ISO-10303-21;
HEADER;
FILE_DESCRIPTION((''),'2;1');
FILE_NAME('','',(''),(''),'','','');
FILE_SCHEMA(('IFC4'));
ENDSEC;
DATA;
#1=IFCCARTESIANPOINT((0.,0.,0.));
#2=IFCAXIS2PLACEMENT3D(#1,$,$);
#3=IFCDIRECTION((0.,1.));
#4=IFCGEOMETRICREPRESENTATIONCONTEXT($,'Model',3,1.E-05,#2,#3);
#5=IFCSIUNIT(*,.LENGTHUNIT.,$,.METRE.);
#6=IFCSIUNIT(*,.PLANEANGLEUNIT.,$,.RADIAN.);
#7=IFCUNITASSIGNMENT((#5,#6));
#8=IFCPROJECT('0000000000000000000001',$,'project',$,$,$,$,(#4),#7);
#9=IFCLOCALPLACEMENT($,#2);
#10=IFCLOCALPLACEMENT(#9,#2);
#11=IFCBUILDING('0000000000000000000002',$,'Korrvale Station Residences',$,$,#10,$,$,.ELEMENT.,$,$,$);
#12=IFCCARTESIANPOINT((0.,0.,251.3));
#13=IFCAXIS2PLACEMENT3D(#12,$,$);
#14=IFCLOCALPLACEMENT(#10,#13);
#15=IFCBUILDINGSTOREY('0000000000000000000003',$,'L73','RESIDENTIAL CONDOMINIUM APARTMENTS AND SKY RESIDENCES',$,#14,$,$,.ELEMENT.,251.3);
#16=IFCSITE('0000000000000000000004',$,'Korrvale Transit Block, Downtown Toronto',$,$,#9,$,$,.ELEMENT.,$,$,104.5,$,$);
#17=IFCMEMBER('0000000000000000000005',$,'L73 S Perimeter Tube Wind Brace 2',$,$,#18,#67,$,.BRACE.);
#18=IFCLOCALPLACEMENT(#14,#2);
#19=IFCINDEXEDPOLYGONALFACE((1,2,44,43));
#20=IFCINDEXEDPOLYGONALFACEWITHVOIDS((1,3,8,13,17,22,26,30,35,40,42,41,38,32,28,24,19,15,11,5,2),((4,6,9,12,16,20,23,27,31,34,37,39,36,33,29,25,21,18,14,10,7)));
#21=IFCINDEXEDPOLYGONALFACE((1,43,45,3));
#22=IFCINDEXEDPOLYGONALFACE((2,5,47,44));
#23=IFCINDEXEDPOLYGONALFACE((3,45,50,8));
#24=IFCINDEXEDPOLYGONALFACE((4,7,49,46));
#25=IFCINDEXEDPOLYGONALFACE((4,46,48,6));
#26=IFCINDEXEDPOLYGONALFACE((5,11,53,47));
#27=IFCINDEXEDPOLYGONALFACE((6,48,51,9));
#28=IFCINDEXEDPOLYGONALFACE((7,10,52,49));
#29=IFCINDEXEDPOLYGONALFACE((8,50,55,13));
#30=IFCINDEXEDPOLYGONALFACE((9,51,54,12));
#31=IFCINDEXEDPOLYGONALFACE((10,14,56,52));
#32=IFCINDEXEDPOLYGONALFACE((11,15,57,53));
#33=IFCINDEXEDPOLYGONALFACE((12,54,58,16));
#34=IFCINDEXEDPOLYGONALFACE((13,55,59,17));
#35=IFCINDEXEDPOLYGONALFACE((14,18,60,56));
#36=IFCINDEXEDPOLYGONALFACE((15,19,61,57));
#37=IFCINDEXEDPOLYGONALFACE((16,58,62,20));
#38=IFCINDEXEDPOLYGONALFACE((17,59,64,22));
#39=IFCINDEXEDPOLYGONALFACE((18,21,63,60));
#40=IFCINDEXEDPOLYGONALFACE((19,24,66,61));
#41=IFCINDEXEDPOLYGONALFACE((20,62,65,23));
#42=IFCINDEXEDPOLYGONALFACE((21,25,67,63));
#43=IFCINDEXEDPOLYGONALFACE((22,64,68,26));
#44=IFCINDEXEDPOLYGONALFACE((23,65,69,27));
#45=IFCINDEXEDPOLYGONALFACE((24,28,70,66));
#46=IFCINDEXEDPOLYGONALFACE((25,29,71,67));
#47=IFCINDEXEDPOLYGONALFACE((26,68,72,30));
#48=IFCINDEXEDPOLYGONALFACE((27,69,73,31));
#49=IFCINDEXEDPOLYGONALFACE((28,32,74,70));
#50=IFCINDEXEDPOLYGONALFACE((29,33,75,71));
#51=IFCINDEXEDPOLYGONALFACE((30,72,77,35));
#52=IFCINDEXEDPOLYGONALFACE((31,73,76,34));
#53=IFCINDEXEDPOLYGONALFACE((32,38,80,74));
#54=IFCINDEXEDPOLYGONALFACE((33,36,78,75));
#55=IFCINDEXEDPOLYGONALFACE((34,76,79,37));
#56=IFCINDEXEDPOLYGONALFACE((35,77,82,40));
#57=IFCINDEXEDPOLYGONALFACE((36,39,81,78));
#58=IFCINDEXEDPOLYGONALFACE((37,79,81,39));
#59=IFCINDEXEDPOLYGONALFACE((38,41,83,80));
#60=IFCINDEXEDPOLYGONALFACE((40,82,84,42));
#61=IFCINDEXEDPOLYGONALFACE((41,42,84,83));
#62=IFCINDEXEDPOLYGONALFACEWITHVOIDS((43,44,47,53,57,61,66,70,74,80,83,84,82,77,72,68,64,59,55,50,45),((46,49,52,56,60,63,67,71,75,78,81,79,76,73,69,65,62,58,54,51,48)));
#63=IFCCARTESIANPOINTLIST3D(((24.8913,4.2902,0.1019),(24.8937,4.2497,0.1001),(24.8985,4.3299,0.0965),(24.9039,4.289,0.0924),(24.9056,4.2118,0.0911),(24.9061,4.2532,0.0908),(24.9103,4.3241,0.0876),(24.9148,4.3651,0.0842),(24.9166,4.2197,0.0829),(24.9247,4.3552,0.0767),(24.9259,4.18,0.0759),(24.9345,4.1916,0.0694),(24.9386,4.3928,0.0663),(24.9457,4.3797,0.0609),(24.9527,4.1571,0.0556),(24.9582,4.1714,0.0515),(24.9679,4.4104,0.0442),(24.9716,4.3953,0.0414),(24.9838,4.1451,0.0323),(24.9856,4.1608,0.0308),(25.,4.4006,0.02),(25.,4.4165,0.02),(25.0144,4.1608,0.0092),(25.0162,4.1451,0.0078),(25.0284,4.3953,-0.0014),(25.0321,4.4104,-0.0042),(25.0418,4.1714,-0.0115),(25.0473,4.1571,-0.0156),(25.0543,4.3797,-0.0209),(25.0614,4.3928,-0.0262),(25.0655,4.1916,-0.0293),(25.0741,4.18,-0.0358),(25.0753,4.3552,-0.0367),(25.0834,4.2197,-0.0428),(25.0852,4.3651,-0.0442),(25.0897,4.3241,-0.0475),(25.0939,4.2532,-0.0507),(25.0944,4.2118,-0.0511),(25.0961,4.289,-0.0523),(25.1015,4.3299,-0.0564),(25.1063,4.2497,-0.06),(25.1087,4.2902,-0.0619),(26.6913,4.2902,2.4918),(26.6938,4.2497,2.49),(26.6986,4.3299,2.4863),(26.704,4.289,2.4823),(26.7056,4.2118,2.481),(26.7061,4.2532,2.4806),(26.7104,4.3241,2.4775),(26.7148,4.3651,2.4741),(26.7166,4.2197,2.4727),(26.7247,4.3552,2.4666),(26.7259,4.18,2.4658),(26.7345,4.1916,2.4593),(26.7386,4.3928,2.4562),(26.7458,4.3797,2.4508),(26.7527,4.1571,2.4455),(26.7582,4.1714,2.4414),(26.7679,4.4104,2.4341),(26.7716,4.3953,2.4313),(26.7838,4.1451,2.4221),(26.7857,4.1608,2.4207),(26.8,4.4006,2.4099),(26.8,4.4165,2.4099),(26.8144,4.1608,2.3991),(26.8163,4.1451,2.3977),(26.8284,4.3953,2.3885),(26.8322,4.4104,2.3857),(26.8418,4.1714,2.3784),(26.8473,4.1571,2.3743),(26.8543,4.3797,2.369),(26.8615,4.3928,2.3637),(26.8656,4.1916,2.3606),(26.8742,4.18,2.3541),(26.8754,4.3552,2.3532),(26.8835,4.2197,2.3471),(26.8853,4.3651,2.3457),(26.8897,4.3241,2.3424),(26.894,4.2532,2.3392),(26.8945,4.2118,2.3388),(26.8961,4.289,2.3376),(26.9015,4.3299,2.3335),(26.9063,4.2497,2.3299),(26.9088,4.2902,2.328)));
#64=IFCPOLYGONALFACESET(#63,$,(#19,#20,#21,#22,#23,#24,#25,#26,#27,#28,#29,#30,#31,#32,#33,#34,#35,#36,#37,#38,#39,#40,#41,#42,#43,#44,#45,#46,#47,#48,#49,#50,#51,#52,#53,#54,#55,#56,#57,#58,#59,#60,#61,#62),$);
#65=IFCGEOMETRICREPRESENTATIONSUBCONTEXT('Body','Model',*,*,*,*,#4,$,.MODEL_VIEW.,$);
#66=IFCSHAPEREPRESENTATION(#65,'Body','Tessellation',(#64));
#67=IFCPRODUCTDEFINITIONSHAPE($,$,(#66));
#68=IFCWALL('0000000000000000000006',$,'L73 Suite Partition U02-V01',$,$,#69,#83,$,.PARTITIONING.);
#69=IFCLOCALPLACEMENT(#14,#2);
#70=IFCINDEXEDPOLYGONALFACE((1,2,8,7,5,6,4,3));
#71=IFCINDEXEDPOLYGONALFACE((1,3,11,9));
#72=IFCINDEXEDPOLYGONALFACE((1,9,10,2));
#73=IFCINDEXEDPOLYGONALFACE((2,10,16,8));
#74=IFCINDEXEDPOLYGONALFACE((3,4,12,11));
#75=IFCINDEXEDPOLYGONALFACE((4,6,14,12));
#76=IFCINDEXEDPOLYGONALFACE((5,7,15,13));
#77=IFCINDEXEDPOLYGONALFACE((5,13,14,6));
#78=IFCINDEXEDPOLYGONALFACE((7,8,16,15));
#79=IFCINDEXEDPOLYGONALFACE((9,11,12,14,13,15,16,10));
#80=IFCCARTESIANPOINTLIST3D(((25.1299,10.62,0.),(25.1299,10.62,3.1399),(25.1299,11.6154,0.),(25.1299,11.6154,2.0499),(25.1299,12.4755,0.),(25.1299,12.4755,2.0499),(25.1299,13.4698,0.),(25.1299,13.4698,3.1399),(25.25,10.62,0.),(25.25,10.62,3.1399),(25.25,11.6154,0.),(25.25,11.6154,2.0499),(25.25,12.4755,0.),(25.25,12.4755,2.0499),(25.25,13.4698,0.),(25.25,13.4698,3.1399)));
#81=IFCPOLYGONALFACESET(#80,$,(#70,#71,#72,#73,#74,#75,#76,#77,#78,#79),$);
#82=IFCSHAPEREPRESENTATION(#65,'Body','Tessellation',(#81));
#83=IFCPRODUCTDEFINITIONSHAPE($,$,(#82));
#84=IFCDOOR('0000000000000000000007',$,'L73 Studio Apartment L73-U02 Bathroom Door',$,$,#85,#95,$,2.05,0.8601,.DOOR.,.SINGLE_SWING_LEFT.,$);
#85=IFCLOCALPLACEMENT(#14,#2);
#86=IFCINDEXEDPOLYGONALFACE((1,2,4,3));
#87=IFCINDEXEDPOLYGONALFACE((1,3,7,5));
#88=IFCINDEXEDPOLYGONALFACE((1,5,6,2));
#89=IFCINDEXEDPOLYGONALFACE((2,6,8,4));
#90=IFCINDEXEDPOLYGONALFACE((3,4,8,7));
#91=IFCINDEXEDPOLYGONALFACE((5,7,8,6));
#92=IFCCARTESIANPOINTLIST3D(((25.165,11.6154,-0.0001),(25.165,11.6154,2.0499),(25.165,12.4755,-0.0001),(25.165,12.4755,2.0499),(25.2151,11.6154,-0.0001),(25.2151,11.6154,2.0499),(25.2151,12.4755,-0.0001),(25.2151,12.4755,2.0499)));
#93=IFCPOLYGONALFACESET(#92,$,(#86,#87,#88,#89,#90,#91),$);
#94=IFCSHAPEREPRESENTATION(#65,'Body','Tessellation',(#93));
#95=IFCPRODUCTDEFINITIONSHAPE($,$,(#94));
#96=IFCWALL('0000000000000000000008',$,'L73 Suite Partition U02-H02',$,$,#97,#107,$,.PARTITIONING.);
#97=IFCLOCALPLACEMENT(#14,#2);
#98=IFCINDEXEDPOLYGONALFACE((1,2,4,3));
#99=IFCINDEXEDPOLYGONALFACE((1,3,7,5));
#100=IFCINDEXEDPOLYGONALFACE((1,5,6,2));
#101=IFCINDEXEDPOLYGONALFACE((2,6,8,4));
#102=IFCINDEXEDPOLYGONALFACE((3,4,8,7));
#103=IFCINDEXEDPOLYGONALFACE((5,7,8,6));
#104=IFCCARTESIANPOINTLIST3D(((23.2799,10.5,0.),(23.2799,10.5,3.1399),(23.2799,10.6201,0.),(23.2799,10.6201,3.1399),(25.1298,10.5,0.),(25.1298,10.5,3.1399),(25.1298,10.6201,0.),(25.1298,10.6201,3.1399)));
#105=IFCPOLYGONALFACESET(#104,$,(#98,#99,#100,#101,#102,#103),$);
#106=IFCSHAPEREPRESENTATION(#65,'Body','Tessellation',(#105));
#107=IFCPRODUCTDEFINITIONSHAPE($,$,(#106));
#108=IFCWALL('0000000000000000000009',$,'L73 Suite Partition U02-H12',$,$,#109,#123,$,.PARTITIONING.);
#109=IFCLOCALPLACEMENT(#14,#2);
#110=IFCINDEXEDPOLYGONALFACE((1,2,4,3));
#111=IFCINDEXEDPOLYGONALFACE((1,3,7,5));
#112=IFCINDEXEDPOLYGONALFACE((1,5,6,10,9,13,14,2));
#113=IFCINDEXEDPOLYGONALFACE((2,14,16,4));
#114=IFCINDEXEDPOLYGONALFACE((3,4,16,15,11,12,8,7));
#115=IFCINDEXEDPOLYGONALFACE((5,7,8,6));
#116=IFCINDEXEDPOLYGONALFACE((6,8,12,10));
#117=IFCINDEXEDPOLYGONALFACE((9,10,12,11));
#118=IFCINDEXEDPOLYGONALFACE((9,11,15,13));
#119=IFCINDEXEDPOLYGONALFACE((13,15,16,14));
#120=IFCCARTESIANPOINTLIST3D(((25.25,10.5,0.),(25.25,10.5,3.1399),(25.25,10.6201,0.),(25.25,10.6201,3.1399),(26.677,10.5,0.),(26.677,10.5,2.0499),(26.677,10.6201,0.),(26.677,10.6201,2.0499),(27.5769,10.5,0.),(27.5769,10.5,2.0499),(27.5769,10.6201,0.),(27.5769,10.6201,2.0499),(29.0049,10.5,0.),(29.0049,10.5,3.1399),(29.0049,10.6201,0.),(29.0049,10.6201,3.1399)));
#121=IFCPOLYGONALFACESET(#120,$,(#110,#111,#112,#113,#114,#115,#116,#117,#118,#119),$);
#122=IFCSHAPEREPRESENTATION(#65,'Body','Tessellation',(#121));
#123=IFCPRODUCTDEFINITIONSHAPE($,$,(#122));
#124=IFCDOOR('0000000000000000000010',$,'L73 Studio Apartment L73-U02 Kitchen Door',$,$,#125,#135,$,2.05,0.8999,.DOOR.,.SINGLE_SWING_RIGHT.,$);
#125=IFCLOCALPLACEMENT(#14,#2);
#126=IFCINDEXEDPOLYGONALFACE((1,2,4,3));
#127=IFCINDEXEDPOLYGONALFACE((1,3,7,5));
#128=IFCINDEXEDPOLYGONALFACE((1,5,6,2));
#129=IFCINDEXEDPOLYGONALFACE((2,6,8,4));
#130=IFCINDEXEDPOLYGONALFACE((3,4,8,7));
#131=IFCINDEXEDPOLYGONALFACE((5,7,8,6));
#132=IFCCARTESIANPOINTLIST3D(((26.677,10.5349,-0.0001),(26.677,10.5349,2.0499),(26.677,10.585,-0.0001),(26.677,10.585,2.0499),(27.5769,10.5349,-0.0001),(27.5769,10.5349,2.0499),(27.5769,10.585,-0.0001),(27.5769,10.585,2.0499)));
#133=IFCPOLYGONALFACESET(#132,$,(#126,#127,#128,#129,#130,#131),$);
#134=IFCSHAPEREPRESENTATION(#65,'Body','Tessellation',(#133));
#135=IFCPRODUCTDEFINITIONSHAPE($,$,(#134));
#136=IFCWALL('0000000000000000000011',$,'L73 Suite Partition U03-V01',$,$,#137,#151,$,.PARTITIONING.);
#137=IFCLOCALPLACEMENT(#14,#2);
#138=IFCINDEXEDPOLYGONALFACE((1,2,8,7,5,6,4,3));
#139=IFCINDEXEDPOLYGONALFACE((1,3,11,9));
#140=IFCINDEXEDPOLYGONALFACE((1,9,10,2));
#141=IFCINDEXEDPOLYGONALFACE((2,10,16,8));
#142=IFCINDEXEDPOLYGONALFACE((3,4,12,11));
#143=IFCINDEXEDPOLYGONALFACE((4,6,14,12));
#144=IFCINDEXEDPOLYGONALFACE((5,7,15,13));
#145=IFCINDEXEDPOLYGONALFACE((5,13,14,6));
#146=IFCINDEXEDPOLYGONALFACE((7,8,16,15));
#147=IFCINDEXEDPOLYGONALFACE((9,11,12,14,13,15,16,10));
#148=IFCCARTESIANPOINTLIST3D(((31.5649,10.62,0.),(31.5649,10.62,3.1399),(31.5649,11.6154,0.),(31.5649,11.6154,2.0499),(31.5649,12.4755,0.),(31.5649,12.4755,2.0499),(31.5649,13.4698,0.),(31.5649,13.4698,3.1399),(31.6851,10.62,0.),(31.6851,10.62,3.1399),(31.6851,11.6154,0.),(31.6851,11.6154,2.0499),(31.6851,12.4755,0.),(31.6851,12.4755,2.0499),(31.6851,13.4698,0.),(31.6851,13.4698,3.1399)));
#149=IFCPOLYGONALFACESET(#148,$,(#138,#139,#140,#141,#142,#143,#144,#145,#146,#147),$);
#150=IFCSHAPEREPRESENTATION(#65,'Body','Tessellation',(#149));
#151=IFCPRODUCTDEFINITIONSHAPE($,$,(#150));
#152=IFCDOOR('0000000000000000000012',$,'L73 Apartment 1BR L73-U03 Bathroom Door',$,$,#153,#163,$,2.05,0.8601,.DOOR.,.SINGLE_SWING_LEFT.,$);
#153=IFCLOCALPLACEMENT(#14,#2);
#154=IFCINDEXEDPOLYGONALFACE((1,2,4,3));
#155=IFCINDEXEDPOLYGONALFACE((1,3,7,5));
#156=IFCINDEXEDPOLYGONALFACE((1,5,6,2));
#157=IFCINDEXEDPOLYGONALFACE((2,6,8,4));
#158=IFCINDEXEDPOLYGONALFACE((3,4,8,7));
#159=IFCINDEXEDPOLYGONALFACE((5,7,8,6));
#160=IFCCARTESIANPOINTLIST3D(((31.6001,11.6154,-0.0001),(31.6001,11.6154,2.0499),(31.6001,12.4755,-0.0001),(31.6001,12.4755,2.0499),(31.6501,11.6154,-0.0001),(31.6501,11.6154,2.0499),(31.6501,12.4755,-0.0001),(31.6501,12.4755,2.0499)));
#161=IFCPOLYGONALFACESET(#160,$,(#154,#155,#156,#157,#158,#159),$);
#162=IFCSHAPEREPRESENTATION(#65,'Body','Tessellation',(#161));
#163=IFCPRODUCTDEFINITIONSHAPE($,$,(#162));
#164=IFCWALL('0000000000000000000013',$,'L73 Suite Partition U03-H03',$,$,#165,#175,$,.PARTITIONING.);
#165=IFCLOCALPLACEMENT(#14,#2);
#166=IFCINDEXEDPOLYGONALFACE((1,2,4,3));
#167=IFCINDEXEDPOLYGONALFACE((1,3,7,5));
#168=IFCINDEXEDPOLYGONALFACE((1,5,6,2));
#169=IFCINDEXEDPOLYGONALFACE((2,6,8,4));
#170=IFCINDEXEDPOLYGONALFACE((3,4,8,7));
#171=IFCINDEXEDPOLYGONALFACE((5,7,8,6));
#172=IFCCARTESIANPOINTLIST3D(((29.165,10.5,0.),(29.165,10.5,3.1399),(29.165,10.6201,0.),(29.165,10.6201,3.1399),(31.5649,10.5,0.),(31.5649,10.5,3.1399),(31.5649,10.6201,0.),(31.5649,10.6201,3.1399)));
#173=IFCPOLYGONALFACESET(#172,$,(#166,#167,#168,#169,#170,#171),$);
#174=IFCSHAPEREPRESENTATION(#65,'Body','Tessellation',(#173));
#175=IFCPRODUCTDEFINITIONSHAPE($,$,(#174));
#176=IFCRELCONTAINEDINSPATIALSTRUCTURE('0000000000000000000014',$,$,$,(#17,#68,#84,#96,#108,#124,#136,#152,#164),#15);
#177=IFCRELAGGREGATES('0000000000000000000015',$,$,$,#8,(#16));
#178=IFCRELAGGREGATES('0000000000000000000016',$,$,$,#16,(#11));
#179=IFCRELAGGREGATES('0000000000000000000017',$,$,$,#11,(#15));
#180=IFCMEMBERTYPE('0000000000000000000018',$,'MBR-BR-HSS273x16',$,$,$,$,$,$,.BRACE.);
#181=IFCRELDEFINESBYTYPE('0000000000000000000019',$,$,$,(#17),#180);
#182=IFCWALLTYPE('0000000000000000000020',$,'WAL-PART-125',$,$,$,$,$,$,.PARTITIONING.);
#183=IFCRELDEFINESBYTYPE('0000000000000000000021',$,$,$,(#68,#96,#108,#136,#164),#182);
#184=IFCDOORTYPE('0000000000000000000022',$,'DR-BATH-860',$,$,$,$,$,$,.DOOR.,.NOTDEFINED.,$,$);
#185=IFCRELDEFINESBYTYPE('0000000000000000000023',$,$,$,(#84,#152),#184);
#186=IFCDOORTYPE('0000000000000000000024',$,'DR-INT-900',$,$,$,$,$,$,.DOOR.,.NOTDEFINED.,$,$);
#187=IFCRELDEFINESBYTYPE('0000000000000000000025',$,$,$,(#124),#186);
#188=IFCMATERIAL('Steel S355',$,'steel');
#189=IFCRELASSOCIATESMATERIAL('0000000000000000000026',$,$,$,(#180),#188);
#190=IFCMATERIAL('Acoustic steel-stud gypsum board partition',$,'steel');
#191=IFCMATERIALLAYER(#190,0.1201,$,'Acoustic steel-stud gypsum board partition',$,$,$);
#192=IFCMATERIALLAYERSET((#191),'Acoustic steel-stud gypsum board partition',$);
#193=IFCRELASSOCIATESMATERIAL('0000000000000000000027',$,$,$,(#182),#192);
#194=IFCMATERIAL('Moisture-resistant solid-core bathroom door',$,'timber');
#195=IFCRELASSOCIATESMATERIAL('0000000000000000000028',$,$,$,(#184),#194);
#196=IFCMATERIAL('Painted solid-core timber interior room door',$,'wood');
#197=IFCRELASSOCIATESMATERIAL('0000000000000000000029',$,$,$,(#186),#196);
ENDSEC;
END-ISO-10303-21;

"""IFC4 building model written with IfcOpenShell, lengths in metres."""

from ifc_helpers import new_model, si_unit, direction, frame, frame_2d, origin, origin_2d, place, context, subcontext, project, spatial, rectangle, hollow_circle, extrude, material, layer, layer_set, material_profile, profile_set, type_object, element, fill, save


model = new_model("IFC4")

# Units and contexts
model_context = context("Model", 3, precision=1e-05, world=origin(), true_north=direction((0.0, 1.0)))
body_context = subcontext(model_context, "Body", "Model", "MODEL_VIEW")
ifc_project = project(units=[si_unit("LENGTHUNIT", "METRE"), si_unit("PLANEANGLEUNIT", "RADIAN")], contexts=[model_context])

# Site, building, storey
site_placement = place(None, origin())
site = spatial("IfcSite", under=ifc_project, at=site_placement, Name="Korrvale Transit Block, Downtown Toronto", CompositionType="ELEMENT", RefElevation=104.5)
building_placement = place(site_placement, origin())
building = spatial("IfcBuilding", under=site, at=building_placement, Name="Korrvale Station Residences", CompositionType="ELEMENT")
storey_placement = place(building_placement, frame((0.0, 0.0, 251.3)))
storey = spatial("IfcBuildingStorey", under=building, at=storey_placement, Name="L73", Description="RESIDENTIAL CONDOMINIUM APARTMENTS AND SKY RESIDENCES", CompositionType="ELEMENT", Elevation=251.3)

# Shared definitions
ifc_material_1 = material(Name="Steel S355", Category="steel")

# Member
ifc_material_profile_1 = material_profile(ifc_material_1, hollow_circle(Radius=0.1365, WallThickness=0.0159, at=origin_2d()), Name="HSS273x16")
ifc_profile_set_1 = profile_set([ifc_material_profile_1], Name="Steel S355")
member_type = type_object("IfcMemberType", Name="MBR-BR-HSS273x16", PredefinedType="BRACE", material=ifc_profile_set_1)
for number, where, z_axis, x_axis, name in (
    (1, (25.0, 4.28, 0.02), (0.601631, 0.0, 0.798774), (0.0, 1.0, 0.0), "L73 S Perimeter Tube Wind Brace 2"),
):
    element("IfcMember", number, at=place(storey_placement, frame(where, z_axis=z_axis, x_axis=x_axis)), inside=storey, type_object=member_type, Name=name, PredefinedType="BRACE", context=body_context, shape_type="SweptSolid", body=[
        extrude(hollow_circle(Radius=0.1365, WallThickness=0.0159, at=origin_2d()), origin(), (0.0, 0.0, 1.0), 2.9919),
    ])

# Wall, opening, door
ifc_material_2 = material(Name="Acoustic steel-stud gypsum board partition", Category="steel")
ifc_layer_1 = layer(ifc_material_2, 0.1201, Name="Acoustic steel-stud gypsum board partition")
ifc_layer_set_1 = layer_set([ifc_layer_1], Name="Acoustic steel-stud gypsum board partition")
wall_type_1 = type_object("IfcWallType", Name="WAL-PART-125", PredefinedType="PARTITIONING", material=ifc_layer_set_1)
wall_1_placement = place(storey_placement, frame((25.1899, 10.6201, 0.0), z_axis=(0.0, 0.0, 1.0), x_axis=(0.0, 1.0, 0.0)))
wall_1 = element("IfcWall", 2, at=wall_1_placement, inside=storey, type_object=wall_type_1, Name="L73 Suite Partition U02-V01", PredefinedType="PARTITIONING", context=body_context, shape_type="SweptSolid", body=[
    extrude(rectangle(XDim=2.8499, YDim=0.1201, at=frame_2d((1.4248, 0.0))), origin(), (0.0, 0.0, 1.0), 3.1399),
])
opening_1_placement = place(wall_1_placement, frame((0.9951, 0.0, 0.0)))
opening_1 = element("IfcOpeningElement", 3, at=opening_1_placement, cuts=wall_1, PredefinedType="OPENING", context=body_context, shape_type="SweptSolid", body=[
    extrude(rectangle(XDim=0.8601, YDim=2.05, at=frame_2d((0.4302, 1.0249))), frame((0.0, 0.0701, 0.0), z_axis=(0.0, -1.0, 0.0), x_axis=(1.0, 0.0, 0.0)), (0.0, 0.0, 1.0), 0.1401),
])
ifc_material_3 = material(Name="Moisture-resistant solid-core bathroom door", Category="timber")
door_type_1 = type_object("IfcDoorType", Name="DR-BATH-860", OperationType="NOTDEFINED", PredefinedType="DOOR", material=ifc_material_3)
door_1_placement = place(opening_1_placement, origin())
door_1 = element("IfcDoor", 4, at=door_1_placement, inside=storey, type_object=door_type_1, Name="L73 Studio Apartment L73-U02 Bathroom Door", OperationType="SINGLE_SWING_LEFT", OverallHeight=2.05, OverallWidth=0.8601, PredefinedType="DOOR", context=body_context, shape_type="SweptSolid", body=[
    extrude(rectangle(XDim=0.8601, YDim=2.05, at=frame_2d((0.4302, 1.0249))), frame((0.0, 0.0249, 0.0), z_axis=(0.0, -1.0, 0.0), x_axis=(1.0, 0.0, 0.0)), (0.0, 0.0, 1.0), 0.05),
])
fill(opening_1, door_1)

# Wall
wall_2_placement = place(storey_placement, frame((23.28, 10.5601, 0.0), z_axis=(0.0, 0.0, 1.0), x_axis=(1.0, 0.0, 0.0)))
element("IfcWall", 5, at=wall_2_placement, inside=storey, type_object=wall_type_1, Name="L73 Suite Partition U02-H02", PredefinedType="PARTITIONING", context=body_context, shape_type="SweptSolid", body=[
    extrude(rectangle(XDim=1.8499, YDim=0.1201, at=frame_2d((0.9248, 0.0))), origin(), (0.0, 0.0, 1.0), 3.1399),
])

# Walls, openings, doors
wall_3_placement = place(storey_placement, frame((25.25, 10.5601, 0.0), z_axis=(0.0, 0.0, 1.0), x_axis=(1.0, 0.0, 0.0)))
wall_3 = element("IfcWall", 6, at=wall_3_placement, inside=storey, type_object=wall_type_1, Name="L73 Suite Partition U02-H12", PredefinedType="PARTITIONING", context=body_context, shape_type="SweptSolid", body=[
    extrude(rectangle(XDim=3.7549, YDim=0.1201, at=frame_2d((1.8774, 0.0))), origin(), (0.0, 0.0, 1.0), 3.1399),
])
opening_2_placement = place(wall_3_placement, frame((1.427, 0.0, 0.0)))
opening_2 = element("IfcOpeningElement", 7, at=opening_2_placement, cuts=wall_3, PredefinedType="OPENING", context=body_context, shape_type="SweptSolid", body=[
    extrude(rectangle(XDim=0.8999, YDim=2.05, at=frame_2d((0.45, 1.0249))), frame((0.0, 0.0701, 0.0), z_axis=(0.0, -1.0, 0.0), x_axis=(1.0, 0.0, 0.0)), (0.0, 0.0, 1.0), 0.1401),
])
ifc_material_4 = material(Name="Painted solid-core timber interior room door", Category="wood")
door_type_2 = type_object("IfcDoorType", Name="DR-INT-900", OperationType="NOTDEFINED", PredefinedType="DOOR", material=ifc_material_4)
door_2_placement = place(opening_2_placement, origin())
door_2 = element("IfcDoor", 8, at=door_2_placement, inside=storey, type_object=door_type_2, Name="L73 Studio Apartment L73-U02 Kitchen Door", OperationType="SINGLE_SWING_RIGHT", OverallHeight=2.05, OverallWidth=0.8999, PredefinedType="DOOR", context=body_context, shape_type="SweptSolid", body=[
    extrude(rectangle(XDim=0.8999, YDim=2.05, at=frame_2d((0.45, 1.0249))), frame((0.0, 0.0249, 0.0), z_axis=(0.0, -1.0, 0.0), x_axis=(1.0, 0.0, 0.0)), (0.0, 0.0, 1.0), 0.05),
])
fill(opening_2, door_2)
wall_4_placement = place(storey_placement, frame((31.625, 10.6201, 0.0), z_axis=(0.0, 0.0, 1.0), x_axis=(0.0, 1.0, 0.0)))
wall_4 = element("IfcWall", 9, at=wall_4_placement, inside=storey, type_object=wall_type_1, Name="L73 Suite Partition U03-V01", PredefinedType="PARTITIONING", context=body_context, shape_type="SweptSolid", body=[
    extrude(rectangle(XDim=2.8499, YDim=0.1201, at=frame_2d((1.4248, 0.0))), origin(), (0.0, 0.0, 1.0), 3.1399),
])
opening_3_placement = place(wall_4_placement, frame((0.9951, 0.0, 0.0)))
opening_3 = element("IfcOpeningElement", 10, at=opening_3_placement, cuts=wall_4, PredefinedType="OPENING", context=body_context, shape_type="SweptSolid", body=[
    extrude(rectangle(XDim=0.8601, YDim=2.05, at=frame_2d((0.4302, 1.0249))), frame((0.0, 0.0701, 0.0), z_axis=(0.0, -1.0, 0.0), x_axis=(1.0, 0.0, 0.0)), (0.0, 0.0, 1.0), 0.1401),
])
door_3_placement = place(opening_3_placement, origin())
door_3 = element("IfcDoor", 11, at=door_3_placement, inside=storey, type_object=door_type_1, Name="L73 Apartment 1BR L73-U03 Bathroom Door", OperationType="SINGLE_SWING_LEFT", OverallHeight=2.05, OverallWidth=0.8601, PredefinedType="DOOR", context=body_context, shape_type="SweptSolid", body=[
    extrude(rectangle(XDim=0.8601, YDim=2.05, at=frame_2d((0.4302, 1.0249))), frame((0.0, 0.0249, 0.0), z_axis=(0.0, -1.0, 0.0), x_axis=(1.0, 0.0, 0.0)), (0.0, 0.0, 1.0), 0.05),
])
fill(opening_3, door_3)

# Wall
wall_5_placement = place(storey_placement, frame((29.165, 10.5601, 0.0), z_axis=(0.0, 0.0, 1.0), x_axis=(1.0, 0.0, 0.0)))
element("IfcWall", 12, at=wall_5_placement, inside=storey, type_object=wall_type_1, Name="L73 Suite Partition U03-H03", PredefinedType="PARTITIONING", context=body_context, shape_type="SweptSolid", body=[
    extrude(rectangle(XDim=2.3999, YDim=0.1201, at=frame_2d((1.2, 0.0))), origin(), (0.0, 0.0, 1.0), 3.1399),
])

save(model, "model.ifc")
